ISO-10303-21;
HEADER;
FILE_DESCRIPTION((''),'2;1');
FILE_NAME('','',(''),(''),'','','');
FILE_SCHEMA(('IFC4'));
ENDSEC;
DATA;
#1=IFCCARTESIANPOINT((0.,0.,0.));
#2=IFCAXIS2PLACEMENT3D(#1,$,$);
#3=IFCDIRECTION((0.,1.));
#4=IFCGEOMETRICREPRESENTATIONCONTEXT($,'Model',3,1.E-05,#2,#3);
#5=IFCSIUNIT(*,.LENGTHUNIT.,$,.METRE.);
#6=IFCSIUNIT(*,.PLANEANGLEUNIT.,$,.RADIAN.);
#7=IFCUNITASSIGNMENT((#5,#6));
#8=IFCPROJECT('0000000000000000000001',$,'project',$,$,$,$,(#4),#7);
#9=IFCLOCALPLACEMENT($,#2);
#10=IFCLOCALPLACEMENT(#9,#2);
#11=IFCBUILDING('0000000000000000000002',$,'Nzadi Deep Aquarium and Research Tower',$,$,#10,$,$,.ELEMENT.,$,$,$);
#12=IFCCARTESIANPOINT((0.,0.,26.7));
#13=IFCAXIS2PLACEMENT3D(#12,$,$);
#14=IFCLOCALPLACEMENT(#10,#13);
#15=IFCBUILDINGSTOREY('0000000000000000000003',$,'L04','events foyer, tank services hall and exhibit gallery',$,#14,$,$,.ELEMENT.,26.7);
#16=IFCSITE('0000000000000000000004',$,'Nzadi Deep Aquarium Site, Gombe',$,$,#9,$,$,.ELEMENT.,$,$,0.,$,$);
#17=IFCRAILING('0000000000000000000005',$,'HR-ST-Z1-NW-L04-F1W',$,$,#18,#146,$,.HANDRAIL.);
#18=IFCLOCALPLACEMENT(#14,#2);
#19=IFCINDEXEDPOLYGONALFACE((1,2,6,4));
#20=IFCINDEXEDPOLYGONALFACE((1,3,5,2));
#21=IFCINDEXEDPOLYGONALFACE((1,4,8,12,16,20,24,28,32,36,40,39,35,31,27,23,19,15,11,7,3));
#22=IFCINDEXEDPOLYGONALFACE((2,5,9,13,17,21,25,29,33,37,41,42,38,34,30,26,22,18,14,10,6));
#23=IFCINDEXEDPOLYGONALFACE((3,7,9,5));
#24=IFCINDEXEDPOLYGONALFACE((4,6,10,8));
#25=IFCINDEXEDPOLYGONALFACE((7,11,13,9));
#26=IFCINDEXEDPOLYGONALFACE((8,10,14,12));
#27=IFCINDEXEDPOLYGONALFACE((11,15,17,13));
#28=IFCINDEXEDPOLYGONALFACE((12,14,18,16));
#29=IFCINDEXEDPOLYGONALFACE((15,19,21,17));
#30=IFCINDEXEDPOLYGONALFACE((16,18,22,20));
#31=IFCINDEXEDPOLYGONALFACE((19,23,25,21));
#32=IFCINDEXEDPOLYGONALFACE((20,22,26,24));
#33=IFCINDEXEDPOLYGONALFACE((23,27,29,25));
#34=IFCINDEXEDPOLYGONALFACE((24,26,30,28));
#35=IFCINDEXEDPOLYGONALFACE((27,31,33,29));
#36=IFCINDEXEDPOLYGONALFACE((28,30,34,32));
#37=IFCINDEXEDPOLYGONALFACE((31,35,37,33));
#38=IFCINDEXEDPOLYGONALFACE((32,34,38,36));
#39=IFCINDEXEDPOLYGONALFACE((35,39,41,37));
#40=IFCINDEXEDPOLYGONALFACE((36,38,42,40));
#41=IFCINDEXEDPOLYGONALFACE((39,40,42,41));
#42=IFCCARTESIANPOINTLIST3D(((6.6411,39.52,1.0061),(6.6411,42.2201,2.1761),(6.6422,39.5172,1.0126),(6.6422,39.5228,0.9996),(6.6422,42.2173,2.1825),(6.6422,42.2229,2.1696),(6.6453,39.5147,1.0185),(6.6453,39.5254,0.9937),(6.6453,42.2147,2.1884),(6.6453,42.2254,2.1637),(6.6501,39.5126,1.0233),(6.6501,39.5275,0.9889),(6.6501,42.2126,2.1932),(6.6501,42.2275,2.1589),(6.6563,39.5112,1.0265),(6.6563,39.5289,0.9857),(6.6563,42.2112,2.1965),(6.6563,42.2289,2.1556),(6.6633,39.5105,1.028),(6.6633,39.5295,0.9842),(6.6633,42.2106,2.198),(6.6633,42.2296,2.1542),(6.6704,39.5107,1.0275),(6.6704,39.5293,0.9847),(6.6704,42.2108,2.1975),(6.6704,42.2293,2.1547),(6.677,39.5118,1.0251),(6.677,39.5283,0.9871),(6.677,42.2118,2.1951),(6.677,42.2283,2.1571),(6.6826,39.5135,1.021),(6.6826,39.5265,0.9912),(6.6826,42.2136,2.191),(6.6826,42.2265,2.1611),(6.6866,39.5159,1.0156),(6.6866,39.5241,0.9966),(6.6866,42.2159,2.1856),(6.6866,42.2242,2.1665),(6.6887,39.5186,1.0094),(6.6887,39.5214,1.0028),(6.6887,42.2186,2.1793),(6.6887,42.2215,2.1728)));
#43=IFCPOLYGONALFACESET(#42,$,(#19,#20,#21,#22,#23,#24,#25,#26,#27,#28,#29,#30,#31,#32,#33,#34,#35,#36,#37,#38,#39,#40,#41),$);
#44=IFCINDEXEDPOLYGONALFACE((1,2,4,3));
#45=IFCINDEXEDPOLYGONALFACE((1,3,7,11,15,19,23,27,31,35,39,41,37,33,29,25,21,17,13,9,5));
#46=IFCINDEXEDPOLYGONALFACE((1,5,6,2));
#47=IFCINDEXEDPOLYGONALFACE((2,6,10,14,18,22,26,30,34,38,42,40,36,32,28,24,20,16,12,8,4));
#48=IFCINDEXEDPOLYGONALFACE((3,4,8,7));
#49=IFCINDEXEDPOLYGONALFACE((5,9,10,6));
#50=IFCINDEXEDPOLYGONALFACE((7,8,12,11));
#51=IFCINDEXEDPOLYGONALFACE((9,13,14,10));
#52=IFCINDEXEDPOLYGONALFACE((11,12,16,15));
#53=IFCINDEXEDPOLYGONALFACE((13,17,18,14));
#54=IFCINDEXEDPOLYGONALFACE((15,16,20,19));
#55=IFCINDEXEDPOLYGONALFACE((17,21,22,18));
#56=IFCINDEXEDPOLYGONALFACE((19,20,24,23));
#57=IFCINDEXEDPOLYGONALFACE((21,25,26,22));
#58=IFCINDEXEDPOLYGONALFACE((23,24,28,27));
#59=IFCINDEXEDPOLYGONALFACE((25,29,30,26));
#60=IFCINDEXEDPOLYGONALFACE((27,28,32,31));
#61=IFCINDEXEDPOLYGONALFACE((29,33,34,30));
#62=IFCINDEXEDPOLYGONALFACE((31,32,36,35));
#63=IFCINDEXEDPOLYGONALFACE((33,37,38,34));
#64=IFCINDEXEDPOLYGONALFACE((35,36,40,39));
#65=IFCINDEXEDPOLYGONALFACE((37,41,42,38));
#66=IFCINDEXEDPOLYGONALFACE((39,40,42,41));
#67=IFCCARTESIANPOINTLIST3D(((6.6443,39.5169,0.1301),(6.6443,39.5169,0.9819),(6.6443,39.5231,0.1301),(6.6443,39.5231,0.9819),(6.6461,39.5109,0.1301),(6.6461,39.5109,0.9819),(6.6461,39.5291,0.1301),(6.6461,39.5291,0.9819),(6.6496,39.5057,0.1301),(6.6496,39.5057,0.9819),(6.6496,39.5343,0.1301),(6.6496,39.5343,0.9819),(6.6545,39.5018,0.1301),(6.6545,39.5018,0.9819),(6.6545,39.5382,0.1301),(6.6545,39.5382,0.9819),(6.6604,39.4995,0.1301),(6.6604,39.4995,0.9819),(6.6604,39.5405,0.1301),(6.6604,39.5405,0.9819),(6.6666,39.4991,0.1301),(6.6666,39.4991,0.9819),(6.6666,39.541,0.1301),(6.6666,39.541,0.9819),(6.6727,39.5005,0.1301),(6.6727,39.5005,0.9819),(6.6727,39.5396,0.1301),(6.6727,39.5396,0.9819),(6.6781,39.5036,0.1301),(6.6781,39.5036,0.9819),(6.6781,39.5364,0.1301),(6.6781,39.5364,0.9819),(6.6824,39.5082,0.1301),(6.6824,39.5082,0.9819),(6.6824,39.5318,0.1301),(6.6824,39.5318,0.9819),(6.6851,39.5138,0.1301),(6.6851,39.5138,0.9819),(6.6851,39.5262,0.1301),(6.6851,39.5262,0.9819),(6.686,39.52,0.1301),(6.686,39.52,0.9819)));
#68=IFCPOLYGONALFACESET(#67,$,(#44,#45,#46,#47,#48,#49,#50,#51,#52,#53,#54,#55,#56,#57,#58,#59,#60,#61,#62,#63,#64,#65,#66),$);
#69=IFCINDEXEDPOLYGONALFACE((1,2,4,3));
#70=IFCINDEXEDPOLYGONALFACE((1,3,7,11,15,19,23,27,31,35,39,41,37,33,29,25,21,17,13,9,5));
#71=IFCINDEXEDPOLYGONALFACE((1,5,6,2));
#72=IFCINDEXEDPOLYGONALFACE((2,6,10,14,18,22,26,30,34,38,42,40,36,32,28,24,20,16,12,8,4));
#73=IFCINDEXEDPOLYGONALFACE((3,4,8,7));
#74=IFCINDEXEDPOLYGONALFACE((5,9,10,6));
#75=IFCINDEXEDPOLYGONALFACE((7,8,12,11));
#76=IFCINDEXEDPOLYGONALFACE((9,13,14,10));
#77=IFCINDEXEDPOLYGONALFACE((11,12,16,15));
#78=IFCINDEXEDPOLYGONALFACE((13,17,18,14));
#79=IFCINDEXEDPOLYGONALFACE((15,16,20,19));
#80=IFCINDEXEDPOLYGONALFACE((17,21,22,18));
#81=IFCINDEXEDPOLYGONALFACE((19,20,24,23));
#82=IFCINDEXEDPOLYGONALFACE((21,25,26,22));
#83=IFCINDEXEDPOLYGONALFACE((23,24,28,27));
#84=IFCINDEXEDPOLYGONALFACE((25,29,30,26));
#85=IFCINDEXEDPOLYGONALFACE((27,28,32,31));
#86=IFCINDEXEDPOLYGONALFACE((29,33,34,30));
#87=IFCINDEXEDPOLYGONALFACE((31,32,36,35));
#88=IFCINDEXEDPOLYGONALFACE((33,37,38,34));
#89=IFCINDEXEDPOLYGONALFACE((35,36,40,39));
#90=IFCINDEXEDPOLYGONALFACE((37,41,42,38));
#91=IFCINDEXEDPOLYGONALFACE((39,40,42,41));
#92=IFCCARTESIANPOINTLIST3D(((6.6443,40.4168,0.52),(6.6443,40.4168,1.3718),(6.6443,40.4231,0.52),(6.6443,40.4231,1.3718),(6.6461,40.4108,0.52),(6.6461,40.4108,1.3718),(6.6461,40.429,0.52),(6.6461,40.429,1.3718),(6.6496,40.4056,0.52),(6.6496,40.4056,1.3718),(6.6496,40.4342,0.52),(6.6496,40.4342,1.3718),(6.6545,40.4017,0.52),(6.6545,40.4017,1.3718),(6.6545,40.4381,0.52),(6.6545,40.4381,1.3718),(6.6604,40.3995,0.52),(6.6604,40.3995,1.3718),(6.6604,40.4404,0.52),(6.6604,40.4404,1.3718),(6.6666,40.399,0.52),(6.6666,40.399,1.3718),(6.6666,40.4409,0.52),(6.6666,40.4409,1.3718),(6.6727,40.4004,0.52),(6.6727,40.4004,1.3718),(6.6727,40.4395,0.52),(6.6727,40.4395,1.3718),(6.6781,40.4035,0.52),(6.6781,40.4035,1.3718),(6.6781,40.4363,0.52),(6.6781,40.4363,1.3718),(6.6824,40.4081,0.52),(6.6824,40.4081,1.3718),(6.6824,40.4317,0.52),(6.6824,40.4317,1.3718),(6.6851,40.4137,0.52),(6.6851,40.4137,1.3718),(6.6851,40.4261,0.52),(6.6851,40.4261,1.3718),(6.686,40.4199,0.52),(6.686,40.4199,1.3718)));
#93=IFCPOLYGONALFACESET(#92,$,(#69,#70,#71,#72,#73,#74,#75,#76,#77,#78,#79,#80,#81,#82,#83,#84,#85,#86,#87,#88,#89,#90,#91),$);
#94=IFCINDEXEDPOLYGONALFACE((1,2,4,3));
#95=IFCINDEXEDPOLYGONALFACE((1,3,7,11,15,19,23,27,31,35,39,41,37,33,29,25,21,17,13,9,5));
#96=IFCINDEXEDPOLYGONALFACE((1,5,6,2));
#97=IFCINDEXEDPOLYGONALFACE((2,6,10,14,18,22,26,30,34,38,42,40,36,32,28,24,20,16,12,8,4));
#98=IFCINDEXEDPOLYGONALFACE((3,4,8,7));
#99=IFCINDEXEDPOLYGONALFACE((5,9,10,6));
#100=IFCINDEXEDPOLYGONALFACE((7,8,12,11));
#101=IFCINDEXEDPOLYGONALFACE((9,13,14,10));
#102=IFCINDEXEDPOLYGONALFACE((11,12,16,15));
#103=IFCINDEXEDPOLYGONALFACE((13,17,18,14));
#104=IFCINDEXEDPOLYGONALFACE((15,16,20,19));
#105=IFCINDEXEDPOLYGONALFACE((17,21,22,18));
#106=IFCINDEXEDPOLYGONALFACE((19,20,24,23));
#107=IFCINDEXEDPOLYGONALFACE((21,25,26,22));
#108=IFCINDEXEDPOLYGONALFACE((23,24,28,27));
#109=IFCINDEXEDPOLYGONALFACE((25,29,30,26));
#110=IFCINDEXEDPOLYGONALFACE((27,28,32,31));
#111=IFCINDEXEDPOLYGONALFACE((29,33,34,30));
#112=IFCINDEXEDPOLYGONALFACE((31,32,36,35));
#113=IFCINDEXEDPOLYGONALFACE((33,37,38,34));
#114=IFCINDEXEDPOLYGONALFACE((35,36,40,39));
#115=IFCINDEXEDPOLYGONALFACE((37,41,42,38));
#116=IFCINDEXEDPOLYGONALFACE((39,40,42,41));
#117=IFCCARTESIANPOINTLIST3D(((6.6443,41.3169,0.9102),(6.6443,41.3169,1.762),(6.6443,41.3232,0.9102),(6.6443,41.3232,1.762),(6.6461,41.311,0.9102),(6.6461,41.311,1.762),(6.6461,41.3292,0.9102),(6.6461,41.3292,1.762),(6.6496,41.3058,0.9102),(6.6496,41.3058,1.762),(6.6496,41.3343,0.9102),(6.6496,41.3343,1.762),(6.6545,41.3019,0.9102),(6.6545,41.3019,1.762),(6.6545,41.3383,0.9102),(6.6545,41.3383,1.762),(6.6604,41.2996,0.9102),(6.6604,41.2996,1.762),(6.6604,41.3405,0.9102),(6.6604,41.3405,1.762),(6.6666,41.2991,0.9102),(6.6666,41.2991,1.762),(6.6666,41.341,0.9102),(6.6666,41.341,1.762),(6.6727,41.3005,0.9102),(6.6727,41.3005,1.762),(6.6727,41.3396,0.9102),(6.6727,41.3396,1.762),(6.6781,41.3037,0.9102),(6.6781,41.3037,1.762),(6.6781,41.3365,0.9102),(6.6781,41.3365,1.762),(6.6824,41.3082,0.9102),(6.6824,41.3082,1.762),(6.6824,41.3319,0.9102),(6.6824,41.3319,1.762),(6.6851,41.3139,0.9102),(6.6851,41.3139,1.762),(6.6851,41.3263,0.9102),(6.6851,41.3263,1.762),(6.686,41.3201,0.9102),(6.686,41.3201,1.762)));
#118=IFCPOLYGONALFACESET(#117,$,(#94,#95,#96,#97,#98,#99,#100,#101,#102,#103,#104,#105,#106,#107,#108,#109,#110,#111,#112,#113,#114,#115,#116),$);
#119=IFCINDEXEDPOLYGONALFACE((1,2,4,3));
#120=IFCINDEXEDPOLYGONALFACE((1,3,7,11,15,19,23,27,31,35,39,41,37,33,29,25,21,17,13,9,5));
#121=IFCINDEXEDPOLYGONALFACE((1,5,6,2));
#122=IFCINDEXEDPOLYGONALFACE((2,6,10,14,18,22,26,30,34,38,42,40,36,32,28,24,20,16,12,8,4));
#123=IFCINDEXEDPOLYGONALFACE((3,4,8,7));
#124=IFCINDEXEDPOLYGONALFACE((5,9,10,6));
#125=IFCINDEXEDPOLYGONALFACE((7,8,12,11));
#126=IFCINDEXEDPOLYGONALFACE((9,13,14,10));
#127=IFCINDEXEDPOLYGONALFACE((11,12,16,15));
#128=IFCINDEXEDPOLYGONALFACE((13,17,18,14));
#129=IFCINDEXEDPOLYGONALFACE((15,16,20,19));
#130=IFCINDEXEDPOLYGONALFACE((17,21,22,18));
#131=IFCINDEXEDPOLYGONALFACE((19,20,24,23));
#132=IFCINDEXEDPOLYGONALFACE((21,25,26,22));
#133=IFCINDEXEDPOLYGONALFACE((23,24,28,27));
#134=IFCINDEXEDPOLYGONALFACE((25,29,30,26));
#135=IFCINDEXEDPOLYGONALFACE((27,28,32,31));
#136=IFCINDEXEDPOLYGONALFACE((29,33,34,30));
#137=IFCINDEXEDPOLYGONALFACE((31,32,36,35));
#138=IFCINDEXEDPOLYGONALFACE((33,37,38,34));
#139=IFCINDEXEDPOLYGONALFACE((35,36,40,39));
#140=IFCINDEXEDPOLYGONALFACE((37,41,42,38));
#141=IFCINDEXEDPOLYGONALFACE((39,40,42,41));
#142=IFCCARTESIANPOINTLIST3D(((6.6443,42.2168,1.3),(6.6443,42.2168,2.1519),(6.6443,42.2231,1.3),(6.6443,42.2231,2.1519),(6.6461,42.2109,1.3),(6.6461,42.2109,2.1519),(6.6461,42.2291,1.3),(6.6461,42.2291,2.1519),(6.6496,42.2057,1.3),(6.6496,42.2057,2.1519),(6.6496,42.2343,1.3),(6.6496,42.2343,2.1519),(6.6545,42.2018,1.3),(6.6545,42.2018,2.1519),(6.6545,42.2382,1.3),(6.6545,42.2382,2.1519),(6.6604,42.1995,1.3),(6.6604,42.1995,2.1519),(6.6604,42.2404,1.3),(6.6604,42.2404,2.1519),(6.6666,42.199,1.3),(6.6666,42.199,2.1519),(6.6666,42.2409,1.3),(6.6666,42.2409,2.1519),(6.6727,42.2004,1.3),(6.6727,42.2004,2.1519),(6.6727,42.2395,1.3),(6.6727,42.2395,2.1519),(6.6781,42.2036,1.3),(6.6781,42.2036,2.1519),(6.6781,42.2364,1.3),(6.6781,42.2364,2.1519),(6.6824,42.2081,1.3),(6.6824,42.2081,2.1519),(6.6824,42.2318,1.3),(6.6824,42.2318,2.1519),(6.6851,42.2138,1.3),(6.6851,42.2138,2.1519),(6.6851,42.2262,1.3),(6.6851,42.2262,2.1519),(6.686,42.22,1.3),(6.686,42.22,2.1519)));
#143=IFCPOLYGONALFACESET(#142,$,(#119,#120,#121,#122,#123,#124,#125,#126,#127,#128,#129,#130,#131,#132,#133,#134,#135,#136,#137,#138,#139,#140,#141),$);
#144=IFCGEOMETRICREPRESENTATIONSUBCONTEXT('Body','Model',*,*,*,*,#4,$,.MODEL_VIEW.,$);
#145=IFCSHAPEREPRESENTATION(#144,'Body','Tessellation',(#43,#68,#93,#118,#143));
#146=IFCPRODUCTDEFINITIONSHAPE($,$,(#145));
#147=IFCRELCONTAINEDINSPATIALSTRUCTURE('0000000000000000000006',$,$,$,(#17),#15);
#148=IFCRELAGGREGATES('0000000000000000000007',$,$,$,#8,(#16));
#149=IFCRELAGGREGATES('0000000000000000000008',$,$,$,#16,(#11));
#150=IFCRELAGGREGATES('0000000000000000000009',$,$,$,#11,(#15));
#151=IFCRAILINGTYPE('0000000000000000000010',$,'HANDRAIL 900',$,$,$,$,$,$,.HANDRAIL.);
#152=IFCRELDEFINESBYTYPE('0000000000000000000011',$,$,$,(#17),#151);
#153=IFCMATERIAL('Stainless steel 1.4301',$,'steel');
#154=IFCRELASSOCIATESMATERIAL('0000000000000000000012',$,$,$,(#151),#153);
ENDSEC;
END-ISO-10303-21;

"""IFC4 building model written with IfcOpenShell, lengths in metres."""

from ifc_helpers import new_model, si_unit, direction, frame, origin, origin_2d, place, context, subcontext, project, spatial, circle, extrude, material, type_object, element, save


model = new_model("IFC4")

# Units and contexts
model_context = context("Model", 3, precision=1e-05, world=origin(), true_north=direction((0.0, 1.0)))
body_context = subcontext(model_context, "Body", "Model", "MODEL_VIEW")
ifc_project = project(units=[si_unit("LENGTHUNIT", "METRE"), si_unit("PLANEANGLEUNIT", "RADIAN")], contexts=[model_context])

# Site, building, storey
site_placement = place(None, origin())
site = spatial("IfcSite", under=ifc_project, at=site_placement, Name="Nzadi Deep Aquarium Site, Gombe", CompositionType="ELEMENT", RefElevation=0.0)
building_placement = place(site_placement, origin())
building = spatial("IfcBuilding", under=site, at=building_placement, Name="Nzadi Deep Aquarium and Research Tower", CompositionType="ELEMENT")
storey_placement = place(building_placement, frame((0.0, 0.0, 26.7)))
storey = spatial("IfcBuildingStorey", under=building, at=storey_placement, Name="L04", Description="events foyer, tank services hall and exhibit gallery", CompositionType="ELEMENT", Elevation=26.7)

# Railing
ifc_material_1 = material(Name="Stainless steel 1.4301", Category="steel")
railing_type = type_object("IfcRailingType", Name="HANDRAIL 900", PredefinedType="HANDRAIL", material=ifc_material_1)
for number, where, name in (
    (1, (6.665, 39.52, 0.1301), "HR-ST-Z1-NW-L04-F1W"),
):
    element("IfcRailing", number, at=place(storey_placement, frame(where)), inside=storey, type_object=railing_type, Name=name, PredefinedType="HANDRAIL", context=body_context, shape_type="SweptSolid", body=[
        extrude(circle(Radius=0.0239, at=origin_2d()), frame((0.0, 0.0, 0.876), z_axis=(0.0, 0.917563, 0.397591), x_axis=(-1.0, 0.0, 0.0)), (0.0, 0.0, 1.0), 2.9426),
        extrude(circle(Radius=0.021, at=origin_2d()), origin(), (0.0, 0.0, 1.0), 0.8518),
        extrude(circle(Radius=0.021, at=origin_2d()), frame((0.0, 0.8999, 0.3899)), (0.0, 0.0, 1.0), 0.8518),
        extrude(circle(Radius=0.021, at=origin_2d()), frame((0.0, 1.8, 0.78)), (0.0, 0.0, 1.0), 0.8518),
        extrude(circle(Radius=0.021, at=origin_2d()), frame((0.0, 2.7, 1.1699)), (0.0, 0.0, 1.0), 0.8518),
    ])

save(model, "model.ifc")
